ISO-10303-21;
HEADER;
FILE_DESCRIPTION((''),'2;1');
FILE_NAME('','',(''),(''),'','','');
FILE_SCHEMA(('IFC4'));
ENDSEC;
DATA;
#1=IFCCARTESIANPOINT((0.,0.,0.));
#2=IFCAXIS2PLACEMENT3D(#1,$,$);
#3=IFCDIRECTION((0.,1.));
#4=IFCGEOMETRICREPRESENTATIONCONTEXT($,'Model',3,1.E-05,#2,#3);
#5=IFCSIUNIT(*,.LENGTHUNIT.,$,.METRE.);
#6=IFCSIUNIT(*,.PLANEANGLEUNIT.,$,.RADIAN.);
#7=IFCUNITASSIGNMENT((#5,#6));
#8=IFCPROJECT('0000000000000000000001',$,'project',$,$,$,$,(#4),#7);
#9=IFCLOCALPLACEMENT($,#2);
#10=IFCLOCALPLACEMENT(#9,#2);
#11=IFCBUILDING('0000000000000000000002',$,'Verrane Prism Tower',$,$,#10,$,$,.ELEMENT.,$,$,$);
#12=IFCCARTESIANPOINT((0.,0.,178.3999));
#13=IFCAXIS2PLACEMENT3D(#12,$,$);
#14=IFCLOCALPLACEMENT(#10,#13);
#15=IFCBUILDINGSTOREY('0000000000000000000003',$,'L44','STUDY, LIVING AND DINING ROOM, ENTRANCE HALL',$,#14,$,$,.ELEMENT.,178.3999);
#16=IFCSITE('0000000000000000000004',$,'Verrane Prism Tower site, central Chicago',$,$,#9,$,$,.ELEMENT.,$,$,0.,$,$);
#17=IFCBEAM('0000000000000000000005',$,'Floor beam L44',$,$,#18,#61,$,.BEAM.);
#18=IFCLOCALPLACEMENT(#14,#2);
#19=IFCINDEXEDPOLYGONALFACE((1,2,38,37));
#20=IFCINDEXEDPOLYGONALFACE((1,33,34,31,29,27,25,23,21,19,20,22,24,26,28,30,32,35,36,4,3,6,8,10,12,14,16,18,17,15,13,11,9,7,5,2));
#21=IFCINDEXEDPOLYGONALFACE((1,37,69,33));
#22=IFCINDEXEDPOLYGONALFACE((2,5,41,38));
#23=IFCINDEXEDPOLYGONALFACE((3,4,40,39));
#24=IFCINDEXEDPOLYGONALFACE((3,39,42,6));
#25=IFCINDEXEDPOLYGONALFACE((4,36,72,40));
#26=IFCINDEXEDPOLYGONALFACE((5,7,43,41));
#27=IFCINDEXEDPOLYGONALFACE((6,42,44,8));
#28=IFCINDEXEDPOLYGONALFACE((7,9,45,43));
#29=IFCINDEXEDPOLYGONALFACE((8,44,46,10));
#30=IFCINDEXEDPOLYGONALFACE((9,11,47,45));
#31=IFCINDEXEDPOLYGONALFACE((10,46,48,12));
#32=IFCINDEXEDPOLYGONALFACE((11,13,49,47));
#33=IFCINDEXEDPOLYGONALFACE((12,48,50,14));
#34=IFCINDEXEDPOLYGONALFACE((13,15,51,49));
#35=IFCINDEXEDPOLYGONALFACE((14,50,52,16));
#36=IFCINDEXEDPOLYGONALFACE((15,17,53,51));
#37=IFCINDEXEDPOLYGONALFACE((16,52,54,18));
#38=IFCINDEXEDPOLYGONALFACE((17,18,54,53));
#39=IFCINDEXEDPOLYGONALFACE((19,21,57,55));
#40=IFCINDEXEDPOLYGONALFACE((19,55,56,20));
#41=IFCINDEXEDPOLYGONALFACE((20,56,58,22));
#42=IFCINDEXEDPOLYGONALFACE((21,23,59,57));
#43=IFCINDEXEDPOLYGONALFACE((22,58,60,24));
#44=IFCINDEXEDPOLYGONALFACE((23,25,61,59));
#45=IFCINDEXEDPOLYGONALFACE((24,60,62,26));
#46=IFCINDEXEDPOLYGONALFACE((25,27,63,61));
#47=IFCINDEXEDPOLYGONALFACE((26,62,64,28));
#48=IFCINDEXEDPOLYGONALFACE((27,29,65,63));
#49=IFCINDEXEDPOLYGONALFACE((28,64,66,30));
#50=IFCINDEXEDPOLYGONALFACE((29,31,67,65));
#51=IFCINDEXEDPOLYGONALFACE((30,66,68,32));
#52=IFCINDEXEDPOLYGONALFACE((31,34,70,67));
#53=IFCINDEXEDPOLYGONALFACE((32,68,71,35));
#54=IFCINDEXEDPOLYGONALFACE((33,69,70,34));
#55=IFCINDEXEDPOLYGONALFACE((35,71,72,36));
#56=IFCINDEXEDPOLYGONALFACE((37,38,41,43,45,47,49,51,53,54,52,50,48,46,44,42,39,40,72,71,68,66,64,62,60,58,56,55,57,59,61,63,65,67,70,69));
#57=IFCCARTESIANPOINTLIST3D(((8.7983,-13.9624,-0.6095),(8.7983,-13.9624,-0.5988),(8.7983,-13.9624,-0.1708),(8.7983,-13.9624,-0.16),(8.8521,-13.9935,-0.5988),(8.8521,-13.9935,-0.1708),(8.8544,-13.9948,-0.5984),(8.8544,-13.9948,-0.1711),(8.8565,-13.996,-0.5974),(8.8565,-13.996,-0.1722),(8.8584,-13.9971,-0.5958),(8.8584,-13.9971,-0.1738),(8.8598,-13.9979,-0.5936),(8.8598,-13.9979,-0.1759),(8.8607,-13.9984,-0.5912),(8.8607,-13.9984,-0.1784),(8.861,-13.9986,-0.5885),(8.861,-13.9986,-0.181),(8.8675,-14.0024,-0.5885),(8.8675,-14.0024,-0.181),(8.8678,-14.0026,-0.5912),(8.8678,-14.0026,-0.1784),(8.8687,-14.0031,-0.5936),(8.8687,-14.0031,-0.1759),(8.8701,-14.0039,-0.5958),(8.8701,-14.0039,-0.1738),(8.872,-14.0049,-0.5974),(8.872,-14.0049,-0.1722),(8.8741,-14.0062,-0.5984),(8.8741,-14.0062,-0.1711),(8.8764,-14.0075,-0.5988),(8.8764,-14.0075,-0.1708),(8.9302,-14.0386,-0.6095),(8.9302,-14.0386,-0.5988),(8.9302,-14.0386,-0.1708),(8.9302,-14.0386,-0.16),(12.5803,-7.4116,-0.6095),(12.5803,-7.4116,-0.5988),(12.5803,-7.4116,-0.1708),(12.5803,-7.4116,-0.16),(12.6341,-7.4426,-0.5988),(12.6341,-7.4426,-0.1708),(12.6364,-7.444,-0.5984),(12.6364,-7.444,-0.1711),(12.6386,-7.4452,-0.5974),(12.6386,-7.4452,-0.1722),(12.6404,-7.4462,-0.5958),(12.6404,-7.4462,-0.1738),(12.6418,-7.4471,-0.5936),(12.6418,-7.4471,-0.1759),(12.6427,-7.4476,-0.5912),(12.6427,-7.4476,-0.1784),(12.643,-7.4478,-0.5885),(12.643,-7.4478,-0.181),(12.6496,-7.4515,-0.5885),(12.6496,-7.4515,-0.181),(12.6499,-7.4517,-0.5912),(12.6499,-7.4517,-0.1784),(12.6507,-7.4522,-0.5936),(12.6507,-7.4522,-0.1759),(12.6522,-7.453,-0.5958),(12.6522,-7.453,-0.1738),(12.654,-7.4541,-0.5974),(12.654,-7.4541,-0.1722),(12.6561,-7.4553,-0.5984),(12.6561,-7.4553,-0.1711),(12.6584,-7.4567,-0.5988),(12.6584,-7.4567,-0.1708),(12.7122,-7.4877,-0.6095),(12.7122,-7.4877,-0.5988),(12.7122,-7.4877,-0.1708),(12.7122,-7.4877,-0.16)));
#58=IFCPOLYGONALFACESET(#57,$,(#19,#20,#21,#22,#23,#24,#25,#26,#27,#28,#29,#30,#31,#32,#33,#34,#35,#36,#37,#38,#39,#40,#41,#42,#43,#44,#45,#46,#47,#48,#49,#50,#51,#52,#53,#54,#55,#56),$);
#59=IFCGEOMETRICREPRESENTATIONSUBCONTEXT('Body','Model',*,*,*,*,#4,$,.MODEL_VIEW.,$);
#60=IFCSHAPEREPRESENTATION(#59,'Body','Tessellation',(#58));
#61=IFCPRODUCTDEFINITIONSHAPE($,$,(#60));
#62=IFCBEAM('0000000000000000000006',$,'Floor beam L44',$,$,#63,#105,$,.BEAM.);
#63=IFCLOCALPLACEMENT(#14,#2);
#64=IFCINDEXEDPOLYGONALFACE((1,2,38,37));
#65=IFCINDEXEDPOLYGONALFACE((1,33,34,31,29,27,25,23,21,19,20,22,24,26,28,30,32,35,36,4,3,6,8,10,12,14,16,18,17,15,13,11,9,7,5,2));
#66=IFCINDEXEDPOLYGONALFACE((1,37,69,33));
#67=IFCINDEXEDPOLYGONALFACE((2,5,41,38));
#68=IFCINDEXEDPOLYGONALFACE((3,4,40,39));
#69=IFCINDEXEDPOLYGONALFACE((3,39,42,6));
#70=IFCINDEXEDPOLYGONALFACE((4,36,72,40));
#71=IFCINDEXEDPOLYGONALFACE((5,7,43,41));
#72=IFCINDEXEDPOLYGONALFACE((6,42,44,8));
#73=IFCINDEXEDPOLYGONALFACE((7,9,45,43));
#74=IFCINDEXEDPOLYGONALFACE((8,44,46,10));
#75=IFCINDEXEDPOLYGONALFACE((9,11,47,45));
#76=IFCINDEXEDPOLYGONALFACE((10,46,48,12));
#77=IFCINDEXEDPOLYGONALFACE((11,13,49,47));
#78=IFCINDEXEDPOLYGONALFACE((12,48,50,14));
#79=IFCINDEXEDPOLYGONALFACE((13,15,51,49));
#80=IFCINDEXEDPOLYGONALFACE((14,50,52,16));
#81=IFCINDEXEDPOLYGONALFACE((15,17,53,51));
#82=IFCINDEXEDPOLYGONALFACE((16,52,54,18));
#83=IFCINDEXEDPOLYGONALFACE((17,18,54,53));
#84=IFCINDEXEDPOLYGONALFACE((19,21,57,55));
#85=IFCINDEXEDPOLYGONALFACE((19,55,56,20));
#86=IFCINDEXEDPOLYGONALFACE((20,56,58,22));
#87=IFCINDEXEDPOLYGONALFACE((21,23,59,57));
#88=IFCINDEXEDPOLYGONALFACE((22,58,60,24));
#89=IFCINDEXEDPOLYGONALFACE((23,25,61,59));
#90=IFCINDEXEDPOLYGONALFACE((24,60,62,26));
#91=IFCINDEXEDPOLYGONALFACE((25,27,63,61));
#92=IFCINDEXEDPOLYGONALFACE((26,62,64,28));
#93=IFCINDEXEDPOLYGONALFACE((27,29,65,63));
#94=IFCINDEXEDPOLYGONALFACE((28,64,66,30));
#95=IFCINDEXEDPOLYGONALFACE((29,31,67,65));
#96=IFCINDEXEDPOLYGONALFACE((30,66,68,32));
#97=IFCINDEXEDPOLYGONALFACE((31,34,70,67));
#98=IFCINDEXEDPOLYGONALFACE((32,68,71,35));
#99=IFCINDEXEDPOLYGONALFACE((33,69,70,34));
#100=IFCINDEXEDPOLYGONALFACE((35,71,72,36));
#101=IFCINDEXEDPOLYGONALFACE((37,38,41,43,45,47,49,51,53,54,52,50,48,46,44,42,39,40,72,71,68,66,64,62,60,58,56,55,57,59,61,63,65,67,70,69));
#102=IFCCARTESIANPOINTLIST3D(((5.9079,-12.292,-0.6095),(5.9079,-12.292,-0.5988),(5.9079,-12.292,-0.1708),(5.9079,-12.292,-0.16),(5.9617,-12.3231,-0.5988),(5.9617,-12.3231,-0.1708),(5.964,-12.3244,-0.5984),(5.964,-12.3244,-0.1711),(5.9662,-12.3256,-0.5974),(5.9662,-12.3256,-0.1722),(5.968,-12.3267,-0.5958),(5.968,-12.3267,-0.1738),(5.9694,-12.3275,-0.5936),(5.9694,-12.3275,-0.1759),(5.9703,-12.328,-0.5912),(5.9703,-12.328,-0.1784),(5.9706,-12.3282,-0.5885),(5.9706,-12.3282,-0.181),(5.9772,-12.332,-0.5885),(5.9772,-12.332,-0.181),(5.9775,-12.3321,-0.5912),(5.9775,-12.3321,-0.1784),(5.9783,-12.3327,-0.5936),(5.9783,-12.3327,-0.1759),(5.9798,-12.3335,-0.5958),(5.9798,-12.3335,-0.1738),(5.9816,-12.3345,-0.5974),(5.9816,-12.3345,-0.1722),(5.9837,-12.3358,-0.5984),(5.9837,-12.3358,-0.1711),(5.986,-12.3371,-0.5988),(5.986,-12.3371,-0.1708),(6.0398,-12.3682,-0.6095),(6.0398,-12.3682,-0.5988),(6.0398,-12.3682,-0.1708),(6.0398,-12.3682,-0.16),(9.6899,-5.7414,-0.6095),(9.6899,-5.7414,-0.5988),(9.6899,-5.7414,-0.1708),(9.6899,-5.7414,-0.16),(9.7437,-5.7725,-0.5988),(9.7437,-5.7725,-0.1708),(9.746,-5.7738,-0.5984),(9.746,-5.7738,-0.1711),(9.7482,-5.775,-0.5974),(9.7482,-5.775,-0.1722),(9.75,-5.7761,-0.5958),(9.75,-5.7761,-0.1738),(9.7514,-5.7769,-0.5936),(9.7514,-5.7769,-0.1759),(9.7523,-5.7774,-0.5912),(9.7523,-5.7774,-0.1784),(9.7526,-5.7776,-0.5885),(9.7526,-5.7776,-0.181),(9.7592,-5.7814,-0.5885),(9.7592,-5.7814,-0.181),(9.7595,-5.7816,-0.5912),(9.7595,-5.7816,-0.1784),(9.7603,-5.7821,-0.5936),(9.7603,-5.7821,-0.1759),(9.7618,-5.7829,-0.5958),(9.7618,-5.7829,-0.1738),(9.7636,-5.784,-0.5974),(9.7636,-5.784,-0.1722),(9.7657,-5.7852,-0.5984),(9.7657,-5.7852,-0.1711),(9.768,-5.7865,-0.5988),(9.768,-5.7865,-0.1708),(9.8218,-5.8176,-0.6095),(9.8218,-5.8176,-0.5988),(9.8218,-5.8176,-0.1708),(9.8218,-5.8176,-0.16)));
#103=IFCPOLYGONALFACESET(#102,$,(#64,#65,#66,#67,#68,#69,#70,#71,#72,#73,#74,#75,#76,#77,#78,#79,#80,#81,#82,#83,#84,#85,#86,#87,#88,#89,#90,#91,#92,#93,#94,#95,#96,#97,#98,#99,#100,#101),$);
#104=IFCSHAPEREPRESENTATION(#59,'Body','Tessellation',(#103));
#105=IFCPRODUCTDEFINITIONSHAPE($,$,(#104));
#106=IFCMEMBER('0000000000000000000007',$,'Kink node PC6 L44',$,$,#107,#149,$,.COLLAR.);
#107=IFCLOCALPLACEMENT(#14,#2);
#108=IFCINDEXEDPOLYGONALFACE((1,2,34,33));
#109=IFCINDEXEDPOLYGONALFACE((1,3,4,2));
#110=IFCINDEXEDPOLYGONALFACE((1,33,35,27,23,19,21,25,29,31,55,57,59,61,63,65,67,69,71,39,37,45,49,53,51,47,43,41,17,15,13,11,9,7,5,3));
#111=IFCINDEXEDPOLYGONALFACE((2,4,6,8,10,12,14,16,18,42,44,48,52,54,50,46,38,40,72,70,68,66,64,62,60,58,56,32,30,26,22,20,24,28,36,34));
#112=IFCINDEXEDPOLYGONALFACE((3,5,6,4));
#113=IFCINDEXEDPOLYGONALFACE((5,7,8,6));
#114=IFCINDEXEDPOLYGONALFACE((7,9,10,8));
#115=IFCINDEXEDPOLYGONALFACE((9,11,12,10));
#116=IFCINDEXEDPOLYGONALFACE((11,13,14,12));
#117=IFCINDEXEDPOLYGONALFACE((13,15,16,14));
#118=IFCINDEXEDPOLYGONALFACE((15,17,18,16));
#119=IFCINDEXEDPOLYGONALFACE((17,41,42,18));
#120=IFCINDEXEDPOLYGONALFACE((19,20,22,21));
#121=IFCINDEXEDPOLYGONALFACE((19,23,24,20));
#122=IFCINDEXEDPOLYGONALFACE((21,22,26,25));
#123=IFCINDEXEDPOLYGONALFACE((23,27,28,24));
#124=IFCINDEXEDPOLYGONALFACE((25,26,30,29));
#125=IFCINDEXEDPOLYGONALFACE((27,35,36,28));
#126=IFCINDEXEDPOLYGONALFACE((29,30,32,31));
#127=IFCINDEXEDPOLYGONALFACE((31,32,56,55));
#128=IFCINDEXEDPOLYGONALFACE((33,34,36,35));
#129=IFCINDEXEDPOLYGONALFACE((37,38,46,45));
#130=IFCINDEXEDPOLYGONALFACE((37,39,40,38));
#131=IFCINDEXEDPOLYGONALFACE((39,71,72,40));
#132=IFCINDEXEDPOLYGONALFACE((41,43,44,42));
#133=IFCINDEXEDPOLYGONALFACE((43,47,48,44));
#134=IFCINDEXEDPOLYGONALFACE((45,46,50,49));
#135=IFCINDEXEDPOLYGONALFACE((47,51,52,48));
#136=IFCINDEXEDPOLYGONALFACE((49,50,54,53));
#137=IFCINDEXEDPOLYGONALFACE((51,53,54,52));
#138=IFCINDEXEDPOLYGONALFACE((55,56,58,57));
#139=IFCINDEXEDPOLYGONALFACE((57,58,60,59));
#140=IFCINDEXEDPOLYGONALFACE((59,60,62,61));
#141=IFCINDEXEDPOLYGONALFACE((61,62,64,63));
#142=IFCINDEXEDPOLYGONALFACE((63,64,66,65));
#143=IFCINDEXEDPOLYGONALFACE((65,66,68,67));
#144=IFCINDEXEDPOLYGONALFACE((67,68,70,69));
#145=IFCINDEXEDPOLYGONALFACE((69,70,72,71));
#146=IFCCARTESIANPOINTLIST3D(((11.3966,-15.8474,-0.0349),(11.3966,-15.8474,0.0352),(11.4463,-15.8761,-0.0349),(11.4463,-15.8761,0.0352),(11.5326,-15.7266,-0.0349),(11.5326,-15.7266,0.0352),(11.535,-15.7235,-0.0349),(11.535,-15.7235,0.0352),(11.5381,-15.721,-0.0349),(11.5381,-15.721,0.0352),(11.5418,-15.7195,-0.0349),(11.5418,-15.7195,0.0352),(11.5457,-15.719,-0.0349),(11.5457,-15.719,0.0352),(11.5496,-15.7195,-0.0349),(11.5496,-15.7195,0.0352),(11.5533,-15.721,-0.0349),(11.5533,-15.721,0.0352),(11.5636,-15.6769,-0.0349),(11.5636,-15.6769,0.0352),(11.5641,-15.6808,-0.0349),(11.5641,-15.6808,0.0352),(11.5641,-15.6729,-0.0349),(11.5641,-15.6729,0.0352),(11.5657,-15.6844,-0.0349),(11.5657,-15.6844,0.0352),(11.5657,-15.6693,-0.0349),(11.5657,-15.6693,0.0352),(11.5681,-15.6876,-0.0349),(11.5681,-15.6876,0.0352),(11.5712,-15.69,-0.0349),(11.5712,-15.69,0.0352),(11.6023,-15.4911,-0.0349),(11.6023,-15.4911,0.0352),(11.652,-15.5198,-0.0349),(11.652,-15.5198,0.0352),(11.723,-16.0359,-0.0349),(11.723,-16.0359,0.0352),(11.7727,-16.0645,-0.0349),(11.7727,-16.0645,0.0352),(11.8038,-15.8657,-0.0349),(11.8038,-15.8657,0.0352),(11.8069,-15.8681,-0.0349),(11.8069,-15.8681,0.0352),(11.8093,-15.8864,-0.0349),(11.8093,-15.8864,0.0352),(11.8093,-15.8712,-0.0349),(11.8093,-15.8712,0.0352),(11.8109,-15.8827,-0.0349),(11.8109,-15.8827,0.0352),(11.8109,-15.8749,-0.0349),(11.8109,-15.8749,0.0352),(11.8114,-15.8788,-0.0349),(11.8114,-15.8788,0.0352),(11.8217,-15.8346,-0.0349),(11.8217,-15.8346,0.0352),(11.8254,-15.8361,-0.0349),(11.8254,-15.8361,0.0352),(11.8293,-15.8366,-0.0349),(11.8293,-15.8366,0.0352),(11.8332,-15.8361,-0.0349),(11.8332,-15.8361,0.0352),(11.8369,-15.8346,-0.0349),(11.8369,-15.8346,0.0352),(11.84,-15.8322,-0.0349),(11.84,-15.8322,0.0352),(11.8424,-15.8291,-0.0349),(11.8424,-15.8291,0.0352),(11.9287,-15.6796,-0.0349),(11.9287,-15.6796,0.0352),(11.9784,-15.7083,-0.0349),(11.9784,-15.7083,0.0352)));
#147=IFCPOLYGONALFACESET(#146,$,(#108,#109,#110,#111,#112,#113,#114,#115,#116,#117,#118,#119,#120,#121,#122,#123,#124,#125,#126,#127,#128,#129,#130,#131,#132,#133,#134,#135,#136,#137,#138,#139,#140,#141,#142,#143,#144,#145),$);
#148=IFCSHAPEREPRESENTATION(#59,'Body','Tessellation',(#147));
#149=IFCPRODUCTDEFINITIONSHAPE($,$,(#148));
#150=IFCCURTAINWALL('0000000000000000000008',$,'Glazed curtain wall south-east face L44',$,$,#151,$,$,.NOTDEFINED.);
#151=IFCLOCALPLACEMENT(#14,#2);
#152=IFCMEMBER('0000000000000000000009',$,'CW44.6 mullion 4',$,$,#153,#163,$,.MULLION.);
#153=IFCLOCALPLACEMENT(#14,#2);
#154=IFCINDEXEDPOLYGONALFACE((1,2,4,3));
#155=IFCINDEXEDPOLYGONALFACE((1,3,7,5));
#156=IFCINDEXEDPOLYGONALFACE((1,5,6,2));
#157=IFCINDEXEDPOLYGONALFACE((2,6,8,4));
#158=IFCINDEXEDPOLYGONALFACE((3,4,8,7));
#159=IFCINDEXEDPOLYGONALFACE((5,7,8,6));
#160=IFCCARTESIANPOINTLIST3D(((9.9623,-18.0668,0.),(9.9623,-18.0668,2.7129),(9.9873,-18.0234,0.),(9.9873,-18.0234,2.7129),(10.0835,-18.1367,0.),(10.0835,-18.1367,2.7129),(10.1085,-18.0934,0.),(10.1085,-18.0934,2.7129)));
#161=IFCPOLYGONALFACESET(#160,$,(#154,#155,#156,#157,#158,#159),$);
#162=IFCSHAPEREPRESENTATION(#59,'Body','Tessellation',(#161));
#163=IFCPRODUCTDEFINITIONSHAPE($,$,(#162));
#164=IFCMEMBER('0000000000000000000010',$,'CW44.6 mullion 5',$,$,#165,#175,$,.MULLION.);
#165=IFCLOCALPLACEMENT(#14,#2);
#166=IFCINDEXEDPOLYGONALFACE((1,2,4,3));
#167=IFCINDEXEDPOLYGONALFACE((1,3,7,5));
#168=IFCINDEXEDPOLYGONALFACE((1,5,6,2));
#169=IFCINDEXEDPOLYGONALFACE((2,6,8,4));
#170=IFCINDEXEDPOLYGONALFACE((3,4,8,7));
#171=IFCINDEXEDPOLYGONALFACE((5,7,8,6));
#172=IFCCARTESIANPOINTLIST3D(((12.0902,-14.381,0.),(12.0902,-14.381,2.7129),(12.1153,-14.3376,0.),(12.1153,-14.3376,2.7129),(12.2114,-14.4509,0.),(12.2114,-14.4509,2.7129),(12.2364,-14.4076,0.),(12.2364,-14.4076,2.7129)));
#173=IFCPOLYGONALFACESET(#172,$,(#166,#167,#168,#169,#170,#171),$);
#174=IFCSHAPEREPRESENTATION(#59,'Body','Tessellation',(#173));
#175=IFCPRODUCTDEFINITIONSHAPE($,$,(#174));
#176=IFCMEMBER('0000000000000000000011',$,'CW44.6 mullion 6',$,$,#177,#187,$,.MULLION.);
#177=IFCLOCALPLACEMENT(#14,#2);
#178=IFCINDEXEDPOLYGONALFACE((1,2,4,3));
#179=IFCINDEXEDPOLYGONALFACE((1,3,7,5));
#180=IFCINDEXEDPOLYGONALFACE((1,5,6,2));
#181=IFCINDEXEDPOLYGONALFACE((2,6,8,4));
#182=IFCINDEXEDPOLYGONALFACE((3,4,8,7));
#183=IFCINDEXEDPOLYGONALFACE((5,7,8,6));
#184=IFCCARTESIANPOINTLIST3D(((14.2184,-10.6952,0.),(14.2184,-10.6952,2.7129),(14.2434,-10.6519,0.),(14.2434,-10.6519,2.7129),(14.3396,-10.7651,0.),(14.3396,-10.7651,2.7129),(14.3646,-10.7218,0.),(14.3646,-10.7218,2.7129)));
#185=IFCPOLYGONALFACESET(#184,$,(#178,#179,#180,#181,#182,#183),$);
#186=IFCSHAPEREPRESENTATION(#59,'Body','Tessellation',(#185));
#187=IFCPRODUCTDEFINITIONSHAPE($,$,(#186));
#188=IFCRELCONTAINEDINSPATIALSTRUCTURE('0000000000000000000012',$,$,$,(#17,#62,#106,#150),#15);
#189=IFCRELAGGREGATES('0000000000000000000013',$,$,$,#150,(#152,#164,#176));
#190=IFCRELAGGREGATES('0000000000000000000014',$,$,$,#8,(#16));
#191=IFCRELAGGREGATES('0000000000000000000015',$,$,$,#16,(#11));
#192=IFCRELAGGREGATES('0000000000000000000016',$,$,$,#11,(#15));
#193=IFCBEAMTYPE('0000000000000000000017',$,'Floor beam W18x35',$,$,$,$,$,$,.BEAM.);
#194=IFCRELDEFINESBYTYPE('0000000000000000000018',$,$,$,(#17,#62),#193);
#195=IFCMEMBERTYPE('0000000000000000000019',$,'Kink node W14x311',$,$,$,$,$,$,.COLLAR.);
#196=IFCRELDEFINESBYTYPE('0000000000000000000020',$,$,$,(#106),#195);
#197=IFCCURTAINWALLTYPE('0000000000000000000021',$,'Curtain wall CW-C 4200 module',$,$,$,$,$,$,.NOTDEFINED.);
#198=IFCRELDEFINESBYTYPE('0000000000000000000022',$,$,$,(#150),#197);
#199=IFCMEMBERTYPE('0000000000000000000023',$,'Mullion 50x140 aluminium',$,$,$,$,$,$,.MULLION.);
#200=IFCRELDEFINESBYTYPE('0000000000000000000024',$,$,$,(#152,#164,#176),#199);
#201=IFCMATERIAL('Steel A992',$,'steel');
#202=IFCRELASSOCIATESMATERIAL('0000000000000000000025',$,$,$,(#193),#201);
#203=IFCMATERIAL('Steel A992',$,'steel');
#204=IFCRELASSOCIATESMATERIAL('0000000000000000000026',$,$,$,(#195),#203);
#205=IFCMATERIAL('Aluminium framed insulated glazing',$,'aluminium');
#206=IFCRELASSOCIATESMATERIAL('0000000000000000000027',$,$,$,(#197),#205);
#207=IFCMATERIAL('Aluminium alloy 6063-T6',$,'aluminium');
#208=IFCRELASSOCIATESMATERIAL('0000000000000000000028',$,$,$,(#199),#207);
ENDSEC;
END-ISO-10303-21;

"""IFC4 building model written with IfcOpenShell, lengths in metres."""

from ifc_helpers import new_model, si_unit, direction, frame, origin, origin_2d, place, context, subcontext, project, spatial, rectangle, i_section, extrude, material, material_profile, profile_set, type_object, element, aggregate, save


model = new_model("IFC4")

# Units and contexts
model_context = context("Model", 3, precision=1e-05, world=origin(), true_north=direction((0.0, 1.0)))
body_context = subcontext(model_context, "Body", "Model", "MODEL_VIEW")
ifc_project = project(units=[si_unit("LENGTHUNIT", "METRE"), si_unit("PLANEANGLEUNIT", "RADIAN")], contexts=[model_context])

# Site, building, storey
site_placement = place(None, origin())
site = spatial("IfcSite", under=ifc_project, at=site_placement, Name="Verrane Prism Tower site, central Chicago", CompositionType="ELEMENT", RefElevation=0.0)
building_placement = place(site_placement, origin())
building = spatial("IfcBuilding", under=site, at=building_placement, Name="Verrane Prism Tower", CompositionType="ELEMENT")
storey_placement = place(building_placement, frame((0.0, 0.0, 178.3999)))
storey = spatial("IfcBuildingStorey", under=building, at=storey_placement, Name="L44", Description="STUDY, LIVING AND DINING ROOM, ENTRANCE HALL", CompositionType="ELEMENT", Elevation=178.3999)

# Beams
ifc_material_1 = material(Name="Steel A992", Category="steel")
ifc_material_profile_1 = material_profile(ifc_material_1, i_section(OverallWidth=0.1523, OverallDepth=0.4495, WebThickness=0.0076, FlangeThickness=0.0107, FilletRadius=0.0103, at=origin_2d()), Name="W18x35")
ifc_profile_set_1 = profile_set([ifc_material_profile_1], Name="Steel A992")
beam_type_1 = type_object("IfcBeamType", Name="Floor beam W18x35", PredefinedType="BEAM", material=ifc_profile_set_1)
beam_1_placement = place(storey_placement, frame((8.8643, -14.0005, -0.3848), z_axis=(0.499989, 0.866032, 0.0), x_axis=(-0.866032, 0.499989, 0.0)))
element("IfcBeam", 1, at=beam_1_placement, inside=storey, type_object=beam_type_1, Name="Floor beam L44", PredefinedType="BEAM", context=body_context, shape_type="SweptSolid", body=[
    extrude(i_section(OverallWidth=0.1523, OverallDepth=0.4495, WebThickness=0.0076, FlangeThickness=0.0107, FilletRadius=0.0103, at=origin_2d()), origin(), (0.0, 0.0, 1.0), 7.5642),
])
beam_2_placement = place(storey_placement, frame((5.9739, -12.3301, -0.3848), z_axis=(0.500003, 0.866024, 0.0), x_axis=(-0.866024, 0.500003, 0.0)))
element("IfcBeam", 2, at=beam_2_placement, inside=storey, type_object=beam_type_1, Name="Floor beam L44", PredefinedType="BEAM", context=body_context, shape_type="SweptSolid", body=[
    extrude(i_section(OverallWidth=0.1523, OverallDepth=0.4495, WebThickness=0.0076, FlangeThickness=0.0107, FilletRadius=0.0103, at=origin_2d()), origin(), (0.0, 0.0, 1.0), 7.564),
])

# Member
ifc_material_2 = material(Name="Steel A992", Category="steel")
ifc_material_profile_2 = material_profile(ifc_material_2, i_section(OverallWidth=0.4114, OverallDepth=0.4343, WebThickness=0.0359, FlangeThickness=0.0574, FilletRadius=0.0151, at=origin_2d()), Name="W14x311")
ifc_profile_set_2 = profile_set([ifc_material_profile_2], Name="Steel A992")
member_type_1 = type_object("IfcMemberType", Name="Kink node W14x311", PredefinedType="COLLAR", material=ifc_profile_set_2)
member_1_placement = place(storey_placement, frame((11.6875, -15.7778, -0.0349), z_axis=(0.0, 0.0, 1.0), x_axis=(-0.5, -0.866025, 0.0)))
element("IfcMember", 3, at=member_1_placement, inside=storey, type_object=member_type_1, Name="Kink node PC6 L44", PredefinedType="COLLAR", context=body_context, shape_type="SweptSolid", body=[
    extrude(i_section(OverallWidth=0.4114, OverallDepth=0.4343, WebThickness=0.0359, FlangeThickness=0.0574, FilletRadius=0.0151, at=origin_2d()), origin(), (0.0, 0.0, 1.0), 0.0701),
])

# Curtain wall, members
ifc_material_3 = material(Name="Aluminium framed insulated glazing", Category="aluminium")
curtain_wall_type = type_object("IfcCurtainWallType", Name="Curtain wall CW-C 4200 module", PredefinedType="NOTDEFINED", material=ifc_material_3)
curtain_wall_placement = place(storey_placement, origin())
curtain_wall = element("IfcCurtainWall", 4, at=curtain_wall_placement, inside=storey, type_object=curtain_wall_type, Name="Glazed curtain wall south-east face L44", PredefinedType="NOTDEFINED")
ifc_material_4 = material(Name="Aluminium alloy 6063-T6", Category="aluminium")
ifc_material_profile_3 = material_profile(ifc_material_4, rectangle(XDim=0.1399, YDim=0.05, at=origin_2d()), Name="Mullion 50x140 aluminium")
ifc_profile_set_3 = profile_set([ifc_material_profile_3], Name="Aluminium alloy 6063-T6")
member_type_2 = type_object("IfcMemberType", Name="Mullion 50x140 aluminium", PredefinedType="MULLION", material=ifc_profile_set_3)
member_2_placement = place(storey_placement, frame((10.0354, -18.0801, 0.0), z_axis=(0.0, 0.0, 1.0), x_axis=(-0.866026, 0.499999, 0.0)))
member_2 = element("IfcMember", 5, at=member_2_placement, type_object=member_type_2, Name="CW44.6 mullion 4", PredefinedType="MULLION", context=body_context, shape_type="SweptSolid", body=[
    extrude(rectangle(XDim=0.1399, YDim=0.05, at=origin_2d()), origin(), (0.0, 0.0, 1.0), 2.7129),
])
member_3_placement = place(storey_placement, frame((12.1633, -14.3943, 0.0), z_axis=(0.0, 0.0, 1.0), x_axis=(-0.866026, 0.499999, 0.0)))
member_3 = element("IfcMember", 6, at=member_3_placement, type_object=member_type_2, Name="CW44.6 mullion 5", PredefinedType="MULLION", context=body_context, shape_type="SweptSolid", body=[
    extrude(rectangle(XDim=0.1399, YDim=0.05, at=origin_2d()), origin(), (0.0, 0.0, 1.0), 2.7129),
])
member_4_placement = place(storey_placement, frame((14.2915, -10.7085, 0.0), z_axis=(0.0, 0.0, 1.0), x_axis=(-0.866026, 0.499999, 0.0)))
member_4 = element("IfcMember", 7, at=member_4_placement, type_object=member_type_2, Name="CW44.6 mullion 6", PredefinedType="MULLION", context=body_context, shape_type="SweptSolid", body=[
    extrude(rectangle(XDim=0.1399, YDim=0.05, at=origin_2d()), origin(), (0.0, 0.0, 1.0), 2.7129),
])

aggregate(curtain_wall, [member_2, member_3, member_4])

save(model, "model.ifc")
